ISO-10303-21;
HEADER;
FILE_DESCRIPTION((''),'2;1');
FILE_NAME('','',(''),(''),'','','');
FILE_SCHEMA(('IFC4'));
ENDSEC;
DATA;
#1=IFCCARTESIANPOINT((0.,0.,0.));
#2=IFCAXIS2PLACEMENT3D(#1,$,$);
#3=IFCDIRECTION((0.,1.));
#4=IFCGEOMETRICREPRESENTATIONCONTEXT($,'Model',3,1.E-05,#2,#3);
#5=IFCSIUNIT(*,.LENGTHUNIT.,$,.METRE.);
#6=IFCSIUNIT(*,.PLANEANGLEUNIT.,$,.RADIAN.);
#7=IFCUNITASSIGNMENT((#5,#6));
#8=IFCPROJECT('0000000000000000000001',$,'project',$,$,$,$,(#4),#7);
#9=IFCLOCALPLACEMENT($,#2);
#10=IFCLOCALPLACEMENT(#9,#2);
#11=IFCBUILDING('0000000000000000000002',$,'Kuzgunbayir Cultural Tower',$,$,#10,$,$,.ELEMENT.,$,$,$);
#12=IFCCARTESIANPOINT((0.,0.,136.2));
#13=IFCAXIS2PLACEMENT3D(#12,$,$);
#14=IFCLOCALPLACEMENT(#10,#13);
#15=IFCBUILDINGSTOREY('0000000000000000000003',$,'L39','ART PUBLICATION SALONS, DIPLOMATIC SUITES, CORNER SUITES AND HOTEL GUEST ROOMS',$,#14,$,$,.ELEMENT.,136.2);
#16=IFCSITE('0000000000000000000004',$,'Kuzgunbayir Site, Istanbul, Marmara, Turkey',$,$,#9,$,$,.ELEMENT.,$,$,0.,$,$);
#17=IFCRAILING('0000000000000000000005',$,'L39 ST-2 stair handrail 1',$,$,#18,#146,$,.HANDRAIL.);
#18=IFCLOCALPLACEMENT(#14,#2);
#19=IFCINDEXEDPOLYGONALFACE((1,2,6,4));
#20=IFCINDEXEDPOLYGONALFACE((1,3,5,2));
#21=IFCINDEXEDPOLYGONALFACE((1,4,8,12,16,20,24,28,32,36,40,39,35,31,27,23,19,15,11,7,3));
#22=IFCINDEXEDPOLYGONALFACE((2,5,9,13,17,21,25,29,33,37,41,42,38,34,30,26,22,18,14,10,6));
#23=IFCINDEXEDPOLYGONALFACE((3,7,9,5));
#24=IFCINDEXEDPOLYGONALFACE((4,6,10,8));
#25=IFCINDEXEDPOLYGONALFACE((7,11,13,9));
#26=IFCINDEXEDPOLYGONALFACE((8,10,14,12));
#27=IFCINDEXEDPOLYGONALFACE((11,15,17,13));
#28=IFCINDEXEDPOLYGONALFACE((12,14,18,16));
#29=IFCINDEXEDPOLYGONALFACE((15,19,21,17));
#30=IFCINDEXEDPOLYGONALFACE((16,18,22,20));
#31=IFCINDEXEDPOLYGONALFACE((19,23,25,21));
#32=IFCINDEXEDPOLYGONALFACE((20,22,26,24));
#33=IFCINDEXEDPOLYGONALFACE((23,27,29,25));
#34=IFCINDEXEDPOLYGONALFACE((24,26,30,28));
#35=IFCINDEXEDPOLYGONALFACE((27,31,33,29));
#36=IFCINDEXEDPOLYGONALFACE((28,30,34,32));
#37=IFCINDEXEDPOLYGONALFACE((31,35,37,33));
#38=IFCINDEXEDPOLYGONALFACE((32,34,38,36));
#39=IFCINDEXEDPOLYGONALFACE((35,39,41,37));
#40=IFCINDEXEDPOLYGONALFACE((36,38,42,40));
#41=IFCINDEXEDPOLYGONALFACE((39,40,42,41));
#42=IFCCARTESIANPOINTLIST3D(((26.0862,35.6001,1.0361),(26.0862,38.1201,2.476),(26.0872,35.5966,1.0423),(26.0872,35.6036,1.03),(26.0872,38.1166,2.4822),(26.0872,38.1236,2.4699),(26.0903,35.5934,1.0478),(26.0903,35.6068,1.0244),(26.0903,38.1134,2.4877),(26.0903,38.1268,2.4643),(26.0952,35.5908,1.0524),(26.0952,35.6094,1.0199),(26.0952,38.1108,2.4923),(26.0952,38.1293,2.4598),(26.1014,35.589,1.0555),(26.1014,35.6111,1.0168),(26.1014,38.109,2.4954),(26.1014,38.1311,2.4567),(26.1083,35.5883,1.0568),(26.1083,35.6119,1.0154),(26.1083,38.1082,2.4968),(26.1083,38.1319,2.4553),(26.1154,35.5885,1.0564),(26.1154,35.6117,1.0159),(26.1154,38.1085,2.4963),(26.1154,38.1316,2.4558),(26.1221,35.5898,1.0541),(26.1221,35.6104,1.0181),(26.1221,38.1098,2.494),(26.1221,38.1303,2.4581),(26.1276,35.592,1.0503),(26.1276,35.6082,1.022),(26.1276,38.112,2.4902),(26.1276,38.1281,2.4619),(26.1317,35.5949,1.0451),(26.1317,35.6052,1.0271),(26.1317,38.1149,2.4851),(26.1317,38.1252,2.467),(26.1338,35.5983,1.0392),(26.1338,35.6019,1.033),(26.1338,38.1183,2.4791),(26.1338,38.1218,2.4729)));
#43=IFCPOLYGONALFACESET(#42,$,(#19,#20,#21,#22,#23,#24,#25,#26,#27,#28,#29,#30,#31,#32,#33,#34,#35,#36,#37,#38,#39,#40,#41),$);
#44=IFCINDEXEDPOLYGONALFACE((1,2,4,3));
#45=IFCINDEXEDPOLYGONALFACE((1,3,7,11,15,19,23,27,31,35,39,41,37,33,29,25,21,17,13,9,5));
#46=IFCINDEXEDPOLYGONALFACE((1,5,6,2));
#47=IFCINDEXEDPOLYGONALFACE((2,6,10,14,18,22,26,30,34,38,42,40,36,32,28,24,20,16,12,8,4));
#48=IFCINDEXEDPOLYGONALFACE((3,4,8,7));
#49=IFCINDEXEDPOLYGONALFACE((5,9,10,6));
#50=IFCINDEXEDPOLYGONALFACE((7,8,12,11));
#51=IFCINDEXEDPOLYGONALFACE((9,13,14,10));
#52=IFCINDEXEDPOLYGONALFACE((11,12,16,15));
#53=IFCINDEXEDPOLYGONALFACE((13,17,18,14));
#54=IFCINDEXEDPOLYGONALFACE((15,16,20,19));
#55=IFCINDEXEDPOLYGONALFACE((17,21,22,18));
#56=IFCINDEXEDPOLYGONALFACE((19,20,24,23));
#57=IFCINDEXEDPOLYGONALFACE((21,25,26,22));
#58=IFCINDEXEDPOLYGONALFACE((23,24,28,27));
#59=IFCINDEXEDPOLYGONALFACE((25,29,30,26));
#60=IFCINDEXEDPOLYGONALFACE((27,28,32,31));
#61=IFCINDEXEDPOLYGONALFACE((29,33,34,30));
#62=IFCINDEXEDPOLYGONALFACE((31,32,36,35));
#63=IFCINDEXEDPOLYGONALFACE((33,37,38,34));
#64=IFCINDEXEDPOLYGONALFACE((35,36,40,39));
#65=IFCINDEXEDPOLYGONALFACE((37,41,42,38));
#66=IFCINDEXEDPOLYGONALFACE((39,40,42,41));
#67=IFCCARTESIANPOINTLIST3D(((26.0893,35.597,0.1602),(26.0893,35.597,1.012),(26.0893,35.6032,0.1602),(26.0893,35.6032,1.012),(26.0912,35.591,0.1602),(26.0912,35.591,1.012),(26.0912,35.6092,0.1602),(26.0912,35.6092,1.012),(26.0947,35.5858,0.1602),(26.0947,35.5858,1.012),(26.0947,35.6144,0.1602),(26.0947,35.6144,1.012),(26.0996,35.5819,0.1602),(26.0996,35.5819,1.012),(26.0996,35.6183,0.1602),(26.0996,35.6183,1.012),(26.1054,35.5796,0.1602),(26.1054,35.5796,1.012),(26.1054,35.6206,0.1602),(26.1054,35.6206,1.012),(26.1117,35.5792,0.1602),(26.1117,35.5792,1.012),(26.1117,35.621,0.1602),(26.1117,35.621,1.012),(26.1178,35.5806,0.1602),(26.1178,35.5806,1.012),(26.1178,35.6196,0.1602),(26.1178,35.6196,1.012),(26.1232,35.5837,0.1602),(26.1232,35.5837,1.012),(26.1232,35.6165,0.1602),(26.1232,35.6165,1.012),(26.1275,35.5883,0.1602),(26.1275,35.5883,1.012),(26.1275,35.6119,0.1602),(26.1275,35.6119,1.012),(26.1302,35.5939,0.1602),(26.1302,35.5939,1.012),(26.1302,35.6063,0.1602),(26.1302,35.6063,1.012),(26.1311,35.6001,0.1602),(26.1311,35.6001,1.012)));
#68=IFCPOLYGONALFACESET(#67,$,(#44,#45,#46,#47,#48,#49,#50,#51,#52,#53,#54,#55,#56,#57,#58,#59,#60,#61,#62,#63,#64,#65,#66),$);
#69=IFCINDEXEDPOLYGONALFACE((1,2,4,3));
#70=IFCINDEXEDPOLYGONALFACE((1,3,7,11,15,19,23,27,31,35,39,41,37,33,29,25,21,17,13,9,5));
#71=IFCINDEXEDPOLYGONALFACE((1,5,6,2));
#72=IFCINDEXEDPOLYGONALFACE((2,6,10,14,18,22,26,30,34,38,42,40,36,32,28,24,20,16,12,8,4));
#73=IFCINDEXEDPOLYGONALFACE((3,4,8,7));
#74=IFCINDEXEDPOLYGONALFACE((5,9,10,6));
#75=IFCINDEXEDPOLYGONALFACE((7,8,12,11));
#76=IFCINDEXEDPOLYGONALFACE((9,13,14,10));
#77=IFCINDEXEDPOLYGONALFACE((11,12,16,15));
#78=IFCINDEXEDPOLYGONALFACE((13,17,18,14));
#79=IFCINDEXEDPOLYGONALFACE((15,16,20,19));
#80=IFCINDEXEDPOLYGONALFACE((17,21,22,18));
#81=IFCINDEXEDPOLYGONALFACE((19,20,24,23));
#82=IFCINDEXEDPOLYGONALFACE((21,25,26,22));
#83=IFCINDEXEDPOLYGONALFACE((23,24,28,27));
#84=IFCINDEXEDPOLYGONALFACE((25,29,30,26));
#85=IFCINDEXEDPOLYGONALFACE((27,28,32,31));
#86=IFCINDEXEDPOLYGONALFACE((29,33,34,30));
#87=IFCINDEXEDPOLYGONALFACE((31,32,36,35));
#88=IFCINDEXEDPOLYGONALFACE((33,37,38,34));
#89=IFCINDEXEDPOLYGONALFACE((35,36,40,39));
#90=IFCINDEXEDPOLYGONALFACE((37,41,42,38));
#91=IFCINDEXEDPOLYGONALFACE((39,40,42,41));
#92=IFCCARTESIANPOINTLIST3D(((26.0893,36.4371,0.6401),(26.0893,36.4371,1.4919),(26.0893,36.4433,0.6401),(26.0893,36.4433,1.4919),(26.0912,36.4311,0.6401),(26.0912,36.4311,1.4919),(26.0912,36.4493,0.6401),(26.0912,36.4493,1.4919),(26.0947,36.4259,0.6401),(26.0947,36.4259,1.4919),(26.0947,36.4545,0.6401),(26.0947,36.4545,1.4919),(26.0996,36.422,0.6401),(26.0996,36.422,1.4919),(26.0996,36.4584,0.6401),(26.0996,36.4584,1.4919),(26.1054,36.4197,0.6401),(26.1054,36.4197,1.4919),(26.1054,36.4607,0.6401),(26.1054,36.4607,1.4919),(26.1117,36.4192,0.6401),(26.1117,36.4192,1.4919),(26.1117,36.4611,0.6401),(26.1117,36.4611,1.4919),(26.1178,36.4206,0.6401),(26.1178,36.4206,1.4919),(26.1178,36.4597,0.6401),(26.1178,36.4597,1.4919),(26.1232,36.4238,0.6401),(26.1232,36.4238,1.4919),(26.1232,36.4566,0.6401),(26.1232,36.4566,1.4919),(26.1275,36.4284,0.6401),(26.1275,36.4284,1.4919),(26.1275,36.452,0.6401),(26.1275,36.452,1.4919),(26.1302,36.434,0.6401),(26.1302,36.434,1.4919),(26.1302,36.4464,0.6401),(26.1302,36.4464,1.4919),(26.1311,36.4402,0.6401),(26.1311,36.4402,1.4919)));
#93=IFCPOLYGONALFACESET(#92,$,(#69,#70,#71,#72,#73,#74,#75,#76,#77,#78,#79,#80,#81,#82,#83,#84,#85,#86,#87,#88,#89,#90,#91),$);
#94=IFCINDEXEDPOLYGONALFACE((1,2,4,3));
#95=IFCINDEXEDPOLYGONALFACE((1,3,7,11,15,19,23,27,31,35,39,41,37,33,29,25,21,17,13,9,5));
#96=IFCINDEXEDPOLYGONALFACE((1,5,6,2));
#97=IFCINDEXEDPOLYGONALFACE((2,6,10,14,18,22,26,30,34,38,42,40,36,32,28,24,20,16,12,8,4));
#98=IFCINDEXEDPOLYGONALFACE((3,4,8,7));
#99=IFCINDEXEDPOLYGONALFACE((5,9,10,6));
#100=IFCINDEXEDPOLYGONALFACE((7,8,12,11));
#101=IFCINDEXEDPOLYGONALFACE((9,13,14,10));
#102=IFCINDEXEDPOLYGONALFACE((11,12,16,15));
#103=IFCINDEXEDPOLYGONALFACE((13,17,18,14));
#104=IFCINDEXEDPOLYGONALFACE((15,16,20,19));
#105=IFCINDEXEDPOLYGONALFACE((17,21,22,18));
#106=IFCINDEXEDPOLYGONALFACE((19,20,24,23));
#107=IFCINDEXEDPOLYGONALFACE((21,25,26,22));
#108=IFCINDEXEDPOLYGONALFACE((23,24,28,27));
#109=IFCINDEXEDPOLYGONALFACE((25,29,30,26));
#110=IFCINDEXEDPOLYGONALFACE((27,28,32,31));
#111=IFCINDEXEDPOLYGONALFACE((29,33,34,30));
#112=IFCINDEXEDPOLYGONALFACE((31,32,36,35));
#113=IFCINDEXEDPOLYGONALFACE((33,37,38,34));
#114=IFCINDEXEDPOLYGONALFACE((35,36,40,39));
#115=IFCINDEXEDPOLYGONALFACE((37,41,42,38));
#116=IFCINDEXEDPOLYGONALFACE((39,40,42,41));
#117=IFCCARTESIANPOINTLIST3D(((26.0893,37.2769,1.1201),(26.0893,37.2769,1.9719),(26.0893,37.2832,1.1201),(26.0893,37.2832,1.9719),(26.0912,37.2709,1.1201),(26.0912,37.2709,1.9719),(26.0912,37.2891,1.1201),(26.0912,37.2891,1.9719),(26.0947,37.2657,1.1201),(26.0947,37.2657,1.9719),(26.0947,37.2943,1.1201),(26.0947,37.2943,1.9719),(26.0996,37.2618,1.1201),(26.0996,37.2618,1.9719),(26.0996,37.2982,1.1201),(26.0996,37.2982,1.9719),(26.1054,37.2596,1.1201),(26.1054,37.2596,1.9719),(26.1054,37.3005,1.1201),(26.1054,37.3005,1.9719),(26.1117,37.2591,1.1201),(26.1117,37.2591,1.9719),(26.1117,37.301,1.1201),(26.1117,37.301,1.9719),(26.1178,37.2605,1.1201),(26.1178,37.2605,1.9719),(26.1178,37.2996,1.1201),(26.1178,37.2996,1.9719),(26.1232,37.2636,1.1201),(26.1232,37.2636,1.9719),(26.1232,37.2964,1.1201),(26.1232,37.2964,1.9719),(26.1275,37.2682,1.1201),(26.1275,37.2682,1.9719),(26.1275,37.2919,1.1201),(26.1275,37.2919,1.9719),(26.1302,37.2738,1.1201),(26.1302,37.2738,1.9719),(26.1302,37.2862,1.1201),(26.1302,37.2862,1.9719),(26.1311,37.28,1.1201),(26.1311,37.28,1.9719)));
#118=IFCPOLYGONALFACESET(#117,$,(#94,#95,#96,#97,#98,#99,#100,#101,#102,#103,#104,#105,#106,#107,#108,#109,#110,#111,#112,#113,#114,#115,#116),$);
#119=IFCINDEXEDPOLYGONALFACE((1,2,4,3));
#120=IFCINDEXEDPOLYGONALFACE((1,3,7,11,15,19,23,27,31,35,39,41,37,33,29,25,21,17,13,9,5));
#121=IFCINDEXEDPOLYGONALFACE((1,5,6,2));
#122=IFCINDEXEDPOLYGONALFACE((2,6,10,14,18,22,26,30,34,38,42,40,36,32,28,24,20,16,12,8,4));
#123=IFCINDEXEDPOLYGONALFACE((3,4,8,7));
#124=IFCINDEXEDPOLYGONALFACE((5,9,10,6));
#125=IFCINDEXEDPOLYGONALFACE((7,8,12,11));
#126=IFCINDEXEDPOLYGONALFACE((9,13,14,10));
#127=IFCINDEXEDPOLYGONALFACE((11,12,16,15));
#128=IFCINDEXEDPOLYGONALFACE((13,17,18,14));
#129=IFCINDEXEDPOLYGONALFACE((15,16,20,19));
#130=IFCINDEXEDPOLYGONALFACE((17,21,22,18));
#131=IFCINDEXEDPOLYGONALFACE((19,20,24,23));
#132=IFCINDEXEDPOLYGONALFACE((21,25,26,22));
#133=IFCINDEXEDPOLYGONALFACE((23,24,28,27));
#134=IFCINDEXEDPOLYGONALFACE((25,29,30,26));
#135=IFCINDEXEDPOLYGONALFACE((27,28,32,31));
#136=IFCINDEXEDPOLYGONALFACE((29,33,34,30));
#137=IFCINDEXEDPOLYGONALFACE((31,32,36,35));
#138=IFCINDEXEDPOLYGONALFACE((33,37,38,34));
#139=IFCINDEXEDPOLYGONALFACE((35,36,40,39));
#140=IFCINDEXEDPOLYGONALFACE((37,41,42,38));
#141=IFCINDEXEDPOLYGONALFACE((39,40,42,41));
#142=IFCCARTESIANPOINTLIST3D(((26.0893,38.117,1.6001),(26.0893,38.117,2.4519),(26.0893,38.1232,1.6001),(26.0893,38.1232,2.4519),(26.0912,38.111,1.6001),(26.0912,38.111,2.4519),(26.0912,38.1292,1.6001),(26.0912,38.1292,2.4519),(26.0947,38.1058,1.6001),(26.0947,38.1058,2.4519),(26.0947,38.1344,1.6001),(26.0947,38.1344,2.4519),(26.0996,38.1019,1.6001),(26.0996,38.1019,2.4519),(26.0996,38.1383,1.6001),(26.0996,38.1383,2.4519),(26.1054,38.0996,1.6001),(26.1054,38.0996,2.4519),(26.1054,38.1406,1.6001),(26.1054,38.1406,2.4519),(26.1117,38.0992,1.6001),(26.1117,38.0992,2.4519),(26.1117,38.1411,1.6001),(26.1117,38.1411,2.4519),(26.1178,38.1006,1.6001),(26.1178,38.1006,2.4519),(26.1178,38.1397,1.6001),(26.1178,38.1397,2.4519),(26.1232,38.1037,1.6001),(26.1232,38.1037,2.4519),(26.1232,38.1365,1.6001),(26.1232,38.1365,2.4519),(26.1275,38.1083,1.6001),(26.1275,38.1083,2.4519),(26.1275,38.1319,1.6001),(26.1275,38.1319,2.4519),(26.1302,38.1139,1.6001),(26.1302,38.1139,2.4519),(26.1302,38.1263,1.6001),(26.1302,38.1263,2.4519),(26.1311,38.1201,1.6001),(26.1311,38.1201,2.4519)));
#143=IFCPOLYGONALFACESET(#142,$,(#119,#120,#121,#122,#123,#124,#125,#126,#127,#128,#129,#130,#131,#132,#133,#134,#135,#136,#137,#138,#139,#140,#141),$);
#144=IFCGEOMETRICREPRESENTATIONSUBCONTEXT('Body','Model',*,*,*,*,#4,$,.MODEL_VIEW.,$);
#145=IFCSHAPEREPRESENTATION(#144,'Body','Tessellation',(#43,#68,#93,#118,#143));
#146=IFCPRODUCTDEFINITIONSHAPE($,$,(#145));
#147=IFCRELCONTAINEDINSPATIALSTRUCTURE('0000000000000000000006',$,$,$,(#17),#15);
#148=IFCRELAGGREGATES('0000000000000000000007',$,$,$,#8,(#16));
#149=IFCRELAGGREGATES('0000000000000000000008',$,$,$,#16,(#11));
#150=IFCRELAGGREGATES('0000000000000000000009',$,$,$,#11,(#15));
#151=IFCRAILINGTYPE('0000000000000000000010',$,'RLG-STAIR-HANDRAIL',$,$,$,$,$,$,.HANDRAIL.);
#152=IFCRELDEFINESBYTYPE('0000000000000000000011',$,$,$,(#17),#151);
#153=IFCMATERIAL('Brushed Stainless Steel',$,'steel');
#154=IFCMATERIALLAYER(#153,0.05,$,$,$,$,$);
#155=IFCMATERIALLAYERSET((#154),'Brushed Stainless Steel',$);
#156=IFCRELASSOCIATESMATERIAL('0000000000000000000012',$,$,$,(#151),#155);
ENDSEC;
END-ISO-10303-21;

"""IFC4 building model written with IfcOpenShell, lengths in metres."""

from ifc_helpers import new_model, si_unit, direction, frame, origin, origin_2d, place, context, subcontext, project, spatial, circle, extrude, material, layer, layer_set, type_object, element, save


model = new_model("IFC4")

# Units and contexts
model_context = context("Model", 3, precision=1e-05, world=origin(), true_north=direction((0.0, 1.0)))
body_context = subcontext(model_context, "Body", "Model", "MODEL_VIEW")
ifc_project = project(units=[si_unit("LENGTHUNIT", "METRE"), si_unit("PLANEANGLEUNIT", "RADIAN")], contexts=[model_context])

# Site, building, storey
site_placement = place(None, origin())
site = spatial("IfcSite", under=ifc_project, at=site_placement, Name="Kuzgunbayir Site, Istanbul, Marmara, Turkey", CompositionType="ELEMENT", RefElevation=0.0)
building_placement = place(site_placement, origin())
building = spatial("IfcBuilding", under=site, at=building_placement, Name="Kuzgunbayir Cultural Tower", CompositionType="ELEMENT")
storey_placement = place(building_placement, frame((0.0, 0.0, 136.2)))
storey = spatial("IfcBuildingStorey", under=building, at=storey_placement, Name="L39", Description="ART PUBLICATION SALONS, DIPLOMATIC SUITES, CORNER SUITES AND HOTEL GUEST ROOMS", CompositionType="ELEMENT", Elevation=136.2)

# Shared definitions
ifc_material_1 = material(Name="Brushed Stainless Steel", Category="steel")

# Railing
ifc_layer_1 = layer(ifc_material_1, 0.05)
ifc_layer_set_1 = layer_set([ifc_layer_1], Name="Brushed Stainless Steel")
railing_type_1 = type_object("IfcRailingType", Name="RLG-STAIR-HANDRAIL", PredefinedType="HANDRAIL", material=ifc_layer_set_1)
railing_1_placement = place(storey_placement, frame((26.1101, 35.6001, 0.1602)))
element("IfcRailing", 1, at=railing_1_placement, inside=storey, type_object=railing_type_1, Name="L39 ST-2 stair handrail 1", PredefinedType="HANDRAIL", context=body_context, shape_type="SweptSolid", body=[
    extrude(circle(Radius=0.0239, at=origin_2d()), frame((0.0, 0.0, 0.876), z_axis=(0.0, 0.868253, 0.496121), x_axis=(-1.0, 0.0, 0.0)), (0.0, 0.0, 1.0), 2.9023),
    extrude(circle(Radius=0.021, at=origin_2d()), origin(), (0.0, 0.0, 1.0), 0.8518),
    extrude(circle(Radius=0.021, at=origin_2d()), frame((0.0, 0.8401, 0.48)), (0.0, 0.0, 1.0), 0.8518),
    extrude(circle(Radius=0.021, at=origin_2d()), frame((0.0, 1.6799, 0.96)), (0.0, 0.0, 1.0), 0.8518),
    extrude(circle(Radius=0.021, at=origin_2d()), frame((0.0, 2.52, 1.4399)), (0.0, 0.0, 1.0), 0.8518),
])

save(model, "model.ifc")
